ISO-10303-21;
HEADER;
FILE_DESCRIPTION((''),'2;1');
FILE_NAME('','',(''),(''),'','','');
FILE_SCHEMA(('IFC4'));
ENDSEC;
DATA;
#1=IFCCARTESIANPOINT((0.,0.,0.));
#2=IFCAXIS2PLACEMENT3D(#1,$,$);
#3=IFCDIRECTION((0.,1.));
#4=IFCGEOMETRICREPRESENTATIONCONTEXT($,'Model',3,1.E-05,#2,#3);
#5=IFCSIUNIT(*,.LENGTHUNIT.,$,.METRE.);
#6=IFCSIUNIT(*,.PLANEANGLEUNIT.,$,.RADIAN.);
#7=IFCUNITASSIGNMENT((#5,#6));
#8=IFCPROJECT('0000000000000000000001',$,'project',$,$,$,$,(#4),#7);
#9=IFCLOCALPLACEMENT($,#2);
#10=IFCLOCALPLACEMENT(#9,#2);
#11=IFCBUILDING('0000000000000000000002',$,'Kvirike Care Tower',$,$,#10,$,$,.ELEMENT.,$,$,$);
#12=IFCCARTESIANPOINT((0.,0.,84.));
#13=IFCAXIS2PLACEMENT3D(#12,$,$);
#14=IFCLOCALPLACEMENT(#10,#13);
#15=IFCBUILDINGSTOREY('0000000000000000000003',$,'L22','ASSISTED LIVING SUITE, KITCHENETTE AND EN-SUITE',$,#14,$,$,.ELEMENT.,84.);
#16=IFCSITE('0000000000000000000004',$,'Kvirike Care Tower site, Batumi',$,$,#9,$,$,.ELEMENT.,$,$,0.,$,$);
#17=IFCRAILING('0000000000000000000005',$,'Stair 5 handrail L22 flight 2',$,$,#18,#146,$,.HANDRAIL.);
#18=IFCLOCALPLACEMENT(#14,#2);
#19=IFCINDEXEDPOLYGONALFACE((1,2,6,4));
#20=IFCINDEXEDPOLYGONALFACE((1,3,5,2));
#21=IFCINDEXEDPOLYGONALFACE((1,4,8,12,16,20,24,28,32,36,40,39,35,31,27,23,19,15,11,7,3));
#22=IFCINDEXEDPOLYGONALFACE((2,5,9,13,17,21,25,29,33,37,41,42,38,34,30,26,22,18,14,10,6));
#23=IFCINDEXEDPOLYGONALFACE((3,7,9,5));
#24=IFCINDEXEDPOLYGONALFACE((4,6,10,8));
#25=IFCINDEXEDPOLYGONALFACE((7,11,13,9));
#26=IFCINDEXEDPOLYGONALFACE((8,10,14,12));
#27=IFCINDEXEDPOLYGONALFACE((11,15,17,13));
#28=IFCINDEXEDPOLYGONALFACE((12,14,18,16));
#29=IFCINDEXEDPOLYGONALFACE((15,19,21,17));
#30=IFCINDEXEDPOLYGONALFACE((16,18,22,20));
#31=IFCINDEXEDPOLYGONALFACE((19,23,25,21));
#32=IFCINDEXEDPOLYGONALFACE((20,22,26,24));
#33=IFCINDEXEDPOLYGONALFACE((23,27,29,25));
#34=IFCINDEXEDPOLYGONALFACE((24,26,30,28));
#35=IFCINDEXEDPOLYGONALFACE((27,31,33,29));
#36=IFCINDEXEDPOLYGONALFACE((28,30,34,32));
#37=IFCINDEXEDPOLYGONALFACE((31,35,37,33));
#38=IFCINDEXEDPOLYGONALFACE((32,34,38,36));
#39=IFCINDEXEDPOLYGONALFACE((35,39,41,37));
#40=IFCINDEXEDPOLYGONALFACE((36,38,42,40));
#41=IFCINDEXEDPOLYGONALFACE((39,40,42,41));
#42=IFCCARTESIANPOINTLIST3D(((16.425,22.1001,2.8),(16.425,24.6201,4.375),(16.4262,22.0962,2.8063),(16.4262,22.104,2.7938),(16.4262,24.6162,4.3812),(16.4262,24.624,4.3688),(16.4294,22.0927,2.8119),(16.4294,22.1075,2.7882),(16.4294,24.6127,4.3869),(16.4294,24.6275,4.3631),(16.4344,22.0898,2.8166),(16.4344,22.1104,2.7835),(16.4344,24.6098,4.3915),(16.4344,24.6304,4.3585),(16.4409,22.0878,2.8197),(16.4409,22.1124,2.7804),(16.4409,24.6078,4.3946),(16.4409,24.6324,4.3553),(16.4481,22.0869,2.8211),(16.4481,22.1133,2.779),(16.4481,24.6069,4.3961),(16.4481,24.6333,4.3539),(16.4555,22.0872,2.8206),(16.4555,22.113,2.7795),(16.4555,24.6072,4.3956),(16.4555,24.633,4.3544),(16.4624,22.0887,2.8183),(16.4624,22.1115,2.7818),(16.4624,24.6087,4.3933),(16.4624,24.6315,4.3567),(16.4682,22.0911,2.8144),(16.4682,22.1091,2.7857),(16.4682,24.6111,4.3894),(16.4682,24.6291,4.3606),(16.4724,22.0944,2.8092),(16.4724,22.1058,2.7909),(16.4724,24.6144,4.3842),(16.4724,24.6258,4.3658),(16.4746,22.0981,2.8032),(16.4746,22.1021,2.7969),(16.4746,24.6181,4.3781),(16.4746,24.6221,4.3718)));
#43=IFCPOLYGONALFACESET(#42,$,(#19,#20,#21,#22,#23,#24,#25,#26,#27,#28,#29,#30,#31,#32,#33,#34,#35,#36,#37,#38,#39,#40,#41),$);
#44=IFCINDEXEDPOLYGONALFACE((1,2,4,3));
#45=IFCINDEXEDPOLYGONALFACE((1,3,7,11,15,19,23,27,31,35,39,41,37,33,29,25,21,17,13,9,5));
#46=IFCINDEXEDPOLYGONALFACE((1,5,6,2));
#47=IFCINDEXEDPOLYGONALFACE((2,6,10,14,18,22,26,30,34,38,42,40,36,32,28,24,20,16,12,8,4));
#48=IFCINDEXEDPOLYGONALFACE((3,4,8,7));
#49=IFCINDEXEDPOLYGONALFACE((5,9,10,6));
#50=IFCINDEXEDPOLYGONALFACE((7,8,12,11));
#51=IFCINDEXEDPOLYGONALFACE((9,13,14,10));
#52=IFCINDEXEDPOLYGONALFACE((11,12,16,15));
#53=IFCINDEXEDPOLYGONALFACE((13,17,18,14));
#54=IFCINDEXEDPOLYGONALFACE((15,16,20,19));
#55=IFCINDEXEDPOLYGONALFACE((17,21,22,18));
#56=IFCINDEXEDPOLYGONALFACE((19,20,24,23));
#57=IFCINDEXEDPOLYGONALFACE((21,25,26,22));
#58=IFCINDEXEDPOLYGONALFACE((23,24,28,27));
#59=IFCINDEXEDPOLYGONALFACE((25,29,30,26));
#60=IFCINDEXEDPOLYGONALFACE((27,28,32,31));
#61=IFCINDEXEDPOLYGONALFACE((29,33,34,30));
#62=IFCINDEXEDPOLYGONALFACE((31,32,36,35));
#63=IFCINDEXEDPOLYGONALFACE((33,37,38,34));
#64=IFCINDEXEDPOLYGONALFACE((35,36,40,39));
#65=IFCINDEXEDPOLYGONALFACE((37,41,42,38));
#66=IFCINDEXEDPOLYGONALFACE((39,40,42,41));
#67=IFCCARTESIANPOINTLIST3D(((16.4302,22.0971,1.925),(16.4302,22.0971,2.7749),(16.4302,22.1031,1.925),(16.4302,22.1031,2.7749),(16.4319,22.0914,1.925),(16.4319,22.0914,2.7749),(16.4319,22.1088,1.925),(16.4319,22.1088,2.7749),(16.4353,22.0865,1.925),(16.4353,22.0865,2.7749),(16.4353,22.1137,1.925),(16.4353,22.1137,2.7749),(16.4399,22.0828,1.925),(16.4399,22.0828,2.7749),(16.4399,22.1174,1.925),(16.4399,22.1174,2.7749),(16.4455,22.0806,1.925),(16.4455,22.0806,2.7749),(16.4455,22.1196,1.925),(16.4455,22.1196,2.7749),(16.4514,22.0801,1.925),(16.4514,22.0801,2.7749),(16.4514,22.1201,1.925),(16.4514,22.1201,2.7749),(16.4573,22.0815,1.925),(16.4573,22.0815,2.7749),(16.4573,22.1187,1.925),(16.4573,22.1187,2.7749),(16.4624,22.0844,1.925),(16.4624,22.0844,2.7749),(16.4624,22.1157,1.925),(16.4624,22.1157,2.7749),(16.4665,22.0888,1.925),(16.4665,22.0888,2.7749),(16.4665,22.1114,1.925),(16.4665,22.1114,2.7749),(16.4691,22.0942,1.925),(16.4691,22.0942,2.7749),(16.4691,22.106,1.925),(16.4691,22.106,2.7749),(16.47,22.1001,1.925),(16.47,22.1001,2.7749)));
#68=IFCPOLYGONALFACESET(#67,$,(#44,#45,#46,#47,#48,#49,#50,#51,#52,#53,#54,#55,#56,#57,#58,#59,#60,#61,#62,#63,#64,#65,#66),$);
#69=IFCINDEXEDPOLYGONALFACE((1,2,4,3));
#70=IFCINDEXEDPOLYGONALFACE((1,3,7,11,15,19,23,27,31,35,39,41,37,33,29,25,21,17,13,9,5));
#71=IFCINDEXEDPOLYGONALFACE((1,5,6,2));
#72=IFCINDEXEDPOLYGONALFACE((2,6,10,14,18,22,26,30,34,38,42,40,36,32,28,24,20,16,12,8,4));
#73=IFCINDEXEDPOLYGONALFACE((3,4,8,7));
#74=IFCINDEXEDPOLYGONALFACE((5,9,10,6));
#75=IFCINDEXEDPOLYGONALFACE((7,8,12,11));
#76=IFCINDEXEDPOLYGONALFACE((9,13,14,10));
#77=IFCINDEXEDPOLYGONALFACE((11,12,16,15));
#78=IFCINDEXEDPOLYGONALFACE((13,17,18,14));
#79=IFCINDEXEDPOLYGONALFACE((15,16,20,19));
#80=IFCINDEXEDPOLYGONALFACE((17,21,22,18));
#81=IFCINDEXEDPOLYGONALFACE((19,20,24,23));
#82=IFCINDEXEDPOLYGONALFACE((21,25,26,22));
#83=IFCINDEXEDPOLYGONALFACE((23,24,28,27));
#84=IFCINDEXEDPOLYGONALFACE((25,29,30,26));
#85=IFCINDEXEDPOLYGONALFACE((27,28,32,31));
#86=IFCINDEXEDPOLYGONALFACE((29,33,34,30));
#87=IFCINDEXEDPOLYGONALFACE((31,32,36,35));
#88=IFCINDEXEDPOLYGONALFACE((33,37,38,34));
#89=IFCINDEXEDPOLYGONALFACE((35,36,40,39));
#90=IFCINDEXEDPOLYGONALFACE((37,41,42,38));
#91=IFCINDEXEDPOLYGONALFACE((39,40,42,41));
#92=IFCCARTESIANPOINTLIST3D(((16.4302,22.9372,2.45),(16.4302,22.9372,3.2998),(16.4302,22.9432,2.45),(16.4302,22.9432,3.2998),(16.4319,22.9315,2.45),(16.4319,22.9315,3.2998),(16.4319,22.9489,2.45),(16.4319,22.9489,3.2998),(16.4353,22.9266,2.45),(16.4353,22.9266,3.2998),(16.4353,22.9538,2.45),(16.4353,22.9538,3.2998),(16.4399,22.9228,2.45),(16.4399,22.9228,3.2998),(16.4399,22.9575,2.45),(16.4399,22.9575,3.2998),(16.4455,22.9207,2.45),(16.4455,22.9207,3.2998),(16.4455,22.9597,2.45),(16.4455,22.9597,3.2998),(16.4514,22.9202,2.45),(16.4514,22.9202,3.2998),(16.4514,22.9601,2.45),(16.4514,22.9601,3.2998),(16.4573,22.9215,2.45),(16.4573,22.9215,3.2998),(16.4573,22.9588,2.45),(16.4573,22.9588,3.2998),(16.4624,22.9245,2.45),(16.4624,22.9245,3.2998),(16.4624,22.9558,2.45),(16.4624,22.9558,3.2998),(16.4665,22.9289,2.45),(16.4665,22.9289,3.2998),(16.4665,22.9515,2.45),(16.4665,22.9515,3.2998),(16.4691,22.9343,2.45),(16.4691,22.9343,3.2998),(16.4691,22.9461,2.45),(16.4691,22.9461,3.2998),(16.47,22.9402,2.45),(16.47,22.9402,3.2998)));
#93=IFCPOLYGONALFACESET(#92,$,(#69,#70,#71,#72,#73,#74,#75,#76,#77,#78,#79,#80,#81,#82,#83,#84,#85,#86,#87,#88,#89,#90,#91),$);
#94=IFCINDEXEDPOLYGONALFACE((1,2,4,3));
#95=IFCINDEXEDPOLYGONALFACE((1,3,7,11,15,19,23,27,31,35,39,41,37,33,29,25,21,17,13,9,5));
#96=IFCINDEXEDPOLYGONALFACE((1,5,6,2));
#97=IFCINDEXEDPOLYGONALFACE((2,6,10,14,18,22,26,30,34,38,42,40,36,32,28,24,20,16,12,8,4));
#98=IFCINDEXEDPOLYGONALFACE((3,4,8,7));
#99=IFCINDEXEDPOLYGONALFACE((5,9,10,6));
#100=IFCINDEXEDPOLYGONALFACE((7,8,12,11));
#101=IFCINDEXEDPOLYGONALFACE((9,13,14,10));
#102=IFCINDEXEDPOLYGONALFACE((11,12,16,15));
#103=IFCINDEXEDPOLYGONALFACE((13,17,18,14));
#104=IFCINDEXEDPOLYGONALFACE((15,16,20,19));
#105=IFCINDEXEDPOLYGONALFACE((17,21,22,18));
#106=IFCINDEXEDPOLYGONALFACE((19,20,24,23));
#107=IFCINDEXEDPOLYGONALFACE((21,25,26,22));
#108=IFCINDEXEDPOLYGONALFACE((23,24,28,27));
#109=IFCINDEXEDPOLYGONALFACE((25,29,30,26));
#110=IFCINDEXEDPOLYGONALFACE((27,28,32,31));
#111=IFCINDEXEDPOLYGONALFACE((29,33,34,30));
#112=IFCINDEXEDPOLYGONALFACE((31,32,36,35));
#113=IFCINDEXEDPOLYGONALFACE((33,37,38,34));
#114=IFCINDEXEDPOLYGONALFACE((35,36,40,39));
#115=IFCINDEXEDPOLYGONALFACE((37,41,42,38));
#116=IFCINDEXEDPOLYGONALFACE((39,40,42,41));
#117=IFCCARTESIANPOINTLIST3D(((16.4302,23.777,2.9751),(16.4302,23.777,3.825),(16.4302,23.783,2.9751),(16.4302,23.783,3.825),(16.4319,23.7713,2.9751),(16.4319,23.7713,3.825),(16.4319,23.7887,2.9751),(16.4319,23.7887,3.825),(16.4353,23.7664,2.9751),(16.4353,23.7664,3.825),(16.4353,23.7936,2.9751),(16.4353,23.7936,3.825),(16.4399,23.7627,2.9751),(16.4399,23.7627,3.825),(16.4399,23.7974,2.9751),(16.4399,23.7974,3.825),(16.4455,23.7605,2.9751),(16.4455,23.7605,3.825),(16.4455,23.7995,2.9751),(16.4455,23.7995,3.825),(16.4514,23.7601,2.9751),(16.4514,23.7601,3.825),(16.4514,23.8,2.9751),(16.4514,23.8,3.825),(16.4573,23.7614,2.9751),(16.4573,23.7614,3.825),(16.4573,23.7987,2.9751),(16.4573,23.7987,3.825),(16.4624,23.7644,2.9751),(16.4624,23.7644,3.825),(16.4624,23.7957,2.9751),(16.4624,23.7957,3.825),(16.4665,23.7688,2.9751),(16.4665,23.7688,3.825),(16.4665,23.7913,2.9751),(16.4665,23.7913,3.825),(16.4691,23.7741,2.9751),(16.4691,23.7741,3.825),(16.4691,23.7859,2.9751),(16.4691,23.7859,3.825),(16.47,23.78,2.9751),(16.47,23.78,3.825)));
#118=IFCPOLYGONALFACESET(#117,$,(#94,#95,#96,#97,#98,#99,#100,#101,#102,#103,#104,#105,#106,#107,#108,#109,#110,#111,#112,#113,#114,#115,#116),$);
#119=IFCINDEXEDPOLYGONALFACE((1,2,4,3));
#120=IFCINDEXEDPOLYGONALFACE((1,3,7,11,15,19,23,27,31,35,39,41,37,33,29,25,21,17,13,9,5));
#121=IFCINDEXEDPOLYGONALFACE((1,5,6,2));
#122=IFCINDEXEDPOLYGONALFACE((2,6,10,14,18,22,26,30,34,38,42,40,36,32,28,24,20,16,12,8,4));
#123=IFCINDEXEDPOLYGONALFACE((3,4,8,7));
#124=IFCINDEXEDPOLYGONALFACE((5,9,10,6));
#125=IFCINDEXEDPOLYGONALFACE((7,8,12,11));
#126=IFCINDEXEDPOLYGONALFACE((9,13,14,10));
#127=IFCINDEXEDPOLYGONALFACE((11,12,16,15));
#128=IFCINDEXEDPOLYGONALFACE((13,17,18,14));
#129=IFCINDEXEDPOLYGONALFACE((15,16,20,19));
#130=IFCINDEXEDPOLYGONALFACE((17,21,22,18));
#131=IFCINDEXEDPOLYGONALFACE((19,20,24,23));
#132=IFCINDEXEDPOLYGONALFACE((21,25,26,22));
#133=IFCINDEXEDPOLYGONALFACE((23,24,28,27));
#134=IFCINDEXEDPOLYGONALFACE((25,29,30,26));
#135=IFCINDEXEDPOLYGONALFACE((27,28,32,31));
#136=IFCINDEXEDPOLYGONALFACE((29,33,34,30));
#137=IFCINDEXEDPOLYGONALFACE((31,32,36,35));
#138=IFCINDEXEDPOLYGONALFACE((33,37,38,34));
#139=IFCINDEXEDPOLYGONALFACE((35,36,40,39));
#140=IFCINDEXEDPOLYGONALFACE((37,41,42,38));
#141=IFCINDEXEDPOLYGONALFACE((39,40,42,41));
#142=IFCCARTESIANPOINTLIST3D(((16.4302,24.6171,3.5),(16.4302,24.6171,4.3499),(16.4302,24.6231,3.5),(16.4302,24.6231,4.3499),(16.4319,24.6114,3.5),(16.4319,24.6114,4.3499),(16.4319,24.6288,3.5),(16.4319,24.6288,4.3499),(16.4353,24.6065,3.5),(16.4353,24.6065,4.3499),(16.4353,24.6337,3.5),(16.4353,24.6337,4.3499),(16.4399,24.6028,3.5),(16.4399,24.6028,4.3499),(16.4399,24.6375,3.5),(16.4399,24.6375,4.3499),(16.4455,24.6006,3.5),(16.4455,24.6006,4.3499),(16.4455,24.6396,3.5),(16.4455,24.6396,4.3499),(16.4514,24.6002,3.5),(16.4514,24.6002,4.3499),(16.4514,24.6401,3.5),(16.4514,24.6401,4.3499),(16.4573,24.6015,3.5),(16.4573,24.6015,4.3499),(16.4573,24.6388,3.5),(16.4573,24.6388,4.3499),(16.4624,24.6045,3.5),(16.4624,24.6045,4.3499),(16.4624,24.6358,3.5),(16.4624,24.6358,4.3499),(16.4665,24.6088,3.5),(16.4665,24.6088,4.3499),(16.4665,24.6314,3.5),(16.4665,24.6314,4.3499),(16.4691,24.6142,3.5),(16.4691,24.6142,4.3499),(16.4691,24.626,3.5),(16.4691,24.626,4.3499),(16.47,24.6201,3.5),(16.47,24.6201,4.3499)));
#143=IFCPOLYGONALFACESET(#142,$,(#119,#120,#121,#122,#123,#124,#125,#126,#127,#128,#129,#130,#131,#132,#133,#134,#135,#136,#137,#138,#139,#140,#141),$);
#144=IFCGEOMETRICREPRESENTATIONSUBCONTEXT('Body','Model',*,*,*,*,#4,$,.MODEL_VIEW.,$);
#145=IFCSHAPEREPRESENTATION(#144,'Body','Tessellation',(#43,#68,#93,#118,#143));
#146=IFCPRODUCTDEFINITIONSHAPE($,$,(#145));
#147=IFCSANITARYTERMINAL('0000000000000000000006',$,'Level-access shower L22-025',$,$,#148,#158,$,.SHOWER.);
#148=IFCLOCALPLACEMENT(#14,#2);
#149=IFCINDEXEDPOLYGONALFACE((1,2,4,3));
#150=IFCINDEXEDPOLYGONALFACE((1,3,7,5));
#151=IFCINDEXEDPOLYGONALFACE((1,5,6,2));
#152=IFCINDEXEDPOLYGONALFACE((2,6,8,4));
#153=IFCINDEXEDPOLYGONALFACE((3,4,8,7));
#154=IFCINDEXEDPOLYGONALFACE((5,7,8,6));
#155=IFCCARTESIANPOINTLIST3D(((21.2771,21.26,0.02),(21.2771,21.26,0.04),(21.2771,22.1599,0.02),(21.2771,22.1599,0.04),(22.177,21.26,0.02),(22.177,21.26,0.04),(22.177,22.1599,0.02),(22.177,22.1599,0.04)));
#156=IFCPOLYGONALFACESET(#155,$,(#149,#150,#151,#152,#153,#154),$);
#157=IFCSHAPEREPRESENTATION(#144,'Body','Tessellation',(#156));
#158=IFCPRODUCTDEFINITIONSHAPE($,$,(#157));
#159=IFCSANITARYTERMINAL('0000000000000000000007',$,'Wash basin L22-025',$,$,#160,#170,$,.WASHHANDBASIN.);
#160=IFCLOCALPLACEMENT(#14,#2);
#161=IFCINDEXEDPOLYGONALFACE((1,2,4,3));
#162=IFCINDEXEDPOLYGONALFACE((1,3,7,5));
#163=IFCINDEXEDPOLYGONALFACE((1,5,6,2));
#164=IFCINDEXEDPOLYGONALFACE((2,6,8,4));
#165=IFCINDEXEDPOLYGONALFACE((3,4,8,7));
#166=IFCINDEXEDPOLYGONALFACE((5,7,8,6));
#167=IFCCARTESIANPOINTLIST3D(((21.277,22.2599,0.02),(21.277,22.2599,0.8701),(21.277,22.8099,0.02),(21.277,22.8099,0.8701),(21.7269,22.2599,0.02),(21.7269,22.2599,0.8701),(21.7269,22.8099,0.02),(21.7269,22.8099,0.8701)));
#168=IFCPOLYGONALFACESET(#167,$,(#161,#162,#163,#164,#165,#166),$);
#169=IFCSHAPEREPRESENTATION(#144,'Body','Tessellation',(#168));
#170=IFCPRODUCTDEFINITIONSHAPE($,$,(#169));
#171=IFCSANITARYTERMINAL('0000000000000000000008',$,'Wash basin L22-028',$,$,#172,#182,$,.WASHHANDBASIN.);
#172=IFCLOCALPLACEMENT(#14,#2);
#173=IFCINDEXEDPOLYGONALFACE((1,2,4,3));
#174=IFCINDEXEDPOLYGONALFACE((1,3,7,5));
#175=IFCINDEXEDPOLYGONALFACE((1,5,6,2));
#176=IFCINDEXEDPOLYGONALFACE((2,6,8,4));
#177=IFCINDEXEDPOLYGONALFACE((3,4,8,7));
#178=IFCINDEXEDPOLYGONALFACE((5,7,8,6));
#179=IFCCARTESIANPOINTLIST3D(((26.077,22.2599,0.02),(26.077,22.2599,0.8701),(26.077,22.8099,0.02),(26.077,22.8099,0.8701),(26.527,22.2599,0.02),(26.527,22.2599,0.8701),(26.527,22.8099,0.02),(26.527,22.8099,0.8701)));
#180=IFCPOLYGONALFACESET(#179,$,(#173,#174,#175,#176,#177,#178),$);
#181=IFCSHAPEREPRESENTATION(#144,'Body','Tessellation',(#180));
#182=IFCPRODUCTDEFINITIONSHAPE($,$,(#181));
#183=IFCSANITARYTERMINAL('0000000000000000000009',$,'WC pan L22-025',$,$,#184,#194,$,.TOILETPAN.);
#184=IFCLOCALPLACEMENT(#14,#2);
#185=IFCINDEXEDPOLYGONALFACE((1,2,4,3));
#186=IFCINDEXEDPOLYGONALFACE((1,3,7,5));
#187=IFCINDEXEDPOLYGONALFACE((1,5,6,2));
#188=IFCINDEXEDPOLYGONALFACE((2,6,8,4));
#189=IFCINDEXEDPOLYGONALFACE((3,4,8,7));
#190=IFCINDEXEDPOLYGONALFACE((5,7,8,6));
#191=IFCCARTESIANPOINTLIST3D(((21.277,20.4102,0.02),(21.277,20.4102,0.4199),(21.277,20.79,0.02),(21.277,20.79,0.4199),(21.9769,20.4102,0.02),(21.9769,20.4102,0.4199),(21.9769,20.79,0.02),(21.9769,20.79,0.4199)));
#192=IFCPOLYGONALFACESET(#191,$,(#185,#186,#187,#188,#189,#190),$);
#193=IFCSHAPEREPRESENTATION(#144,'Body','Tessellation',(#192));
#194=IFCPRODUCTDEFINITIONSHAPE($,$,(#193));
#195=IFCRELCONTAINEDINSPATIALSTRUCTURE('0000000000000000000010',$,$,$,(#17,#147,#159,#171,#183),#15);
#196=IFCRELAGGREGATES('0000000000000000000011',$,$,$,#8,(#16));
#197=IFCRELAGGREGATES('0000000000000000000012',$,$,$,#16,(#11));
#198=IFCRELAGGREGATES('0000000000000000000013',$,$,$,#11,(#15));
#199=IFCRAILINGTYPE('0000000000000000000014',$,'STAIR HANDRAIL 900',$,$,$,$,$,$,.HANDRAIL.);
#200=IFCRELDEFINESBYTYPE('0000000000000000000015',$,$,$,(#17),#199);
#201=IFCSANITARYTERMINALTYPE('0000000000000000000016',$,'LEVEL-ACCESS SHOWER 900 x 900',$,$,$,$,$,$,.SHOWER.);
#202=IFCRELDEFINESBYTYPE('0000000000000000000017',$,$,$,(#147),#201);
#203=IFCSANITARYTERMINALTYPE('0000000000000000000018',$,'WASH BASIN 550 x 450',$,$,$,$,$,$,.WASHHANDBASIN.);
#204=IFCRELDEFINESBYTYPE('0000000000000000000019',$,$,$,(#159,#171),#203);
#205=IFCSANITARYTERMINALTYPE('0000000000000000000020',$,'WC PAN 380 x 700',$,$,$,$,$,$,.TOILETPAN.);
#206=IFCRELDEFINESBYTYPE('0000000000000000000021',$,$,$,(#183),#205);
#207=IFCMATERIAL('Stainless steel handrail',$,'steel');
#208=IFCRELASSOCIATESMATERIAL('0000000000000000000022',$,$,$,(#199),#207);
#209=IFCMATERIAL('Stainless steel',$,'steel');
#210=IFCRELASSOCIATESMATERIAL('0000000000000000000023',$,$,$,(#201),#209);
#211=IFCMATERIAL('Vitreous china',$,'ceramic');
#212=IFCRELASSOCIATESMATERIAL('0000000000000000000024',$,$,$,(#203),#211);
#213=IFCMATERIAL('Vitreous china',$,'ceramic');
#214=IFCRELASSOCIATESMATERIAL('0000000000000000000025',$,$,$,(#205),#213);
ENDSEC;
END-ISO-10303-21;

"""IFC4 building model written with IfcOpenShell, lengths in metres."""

from ifc_helpers import new_model, si_unit, direction, frame, origin, origin_2d, place, context, subcontext, project, spatial, rectangle, circle, extrude, material, type_object, element, save


model = new_model("IFC4")

# Units and contexts
model_context = context("Model", 3, precision=1e-05, world=origin(), true_north=direction((0.0, 1.0)))
body_context = subcontext(model_context, "Body", "Model", "MODEL_VIEW")
ifc_project = project(units=[si_unit("LENGTHUNIT", "METRE"), si_unit("PLANEANGLEUNIT", "RADIAN")], contexts=[model_context])

# Site, building, storey
site_placement = place(None, origin())
site = spatial("IfcSite", under=ifc_project, at=site_placement, Name="Kvirike Care Tower site, Batumi", CompositionType="ELEMENT", RefElevation=0.0)
building_placement = place(site_placement, origin())
building = spatial("IfcBuilding", under=site, at=building_placement, Name="Kvirike Care Tower", CompositionType="ELEMENT")
storey_placement = place(building_placement, frame((0.0, 0.0, 84.0)))
storey = spatial("IfcBuildingStorey", under=building, at=storey_placement, Name="L22", Description="ASSISTED LIVING SUITE, KITCHENETTE AND EN-SUITE", CompositionType="ELEMENT", Elevation=84.0)

# Railing
ifc_material_1 = material(Name="Stainless steel handrail", Category="steel")
railing_type = type_object("IfcRailingType", Name="STAIR HANDRAIL 900", PredefinedType="HANDRAIL", material=ifc_material_1)
railing_placement = place(storey_placement, frame((16.45, 22.1001, 1.925)))
element("IfcRailing", 1, at=railing_placement, inside=storey, type_object=railing_type, Name="Stair 5 handrail L22 flight 2", PredefinedType="HANDRAIL", context=body_context, shape_type="SweptSolid", body=[
    extrude(circle(Radius=0.0249, at=origin_2d()), frame((0.0, 0.0, 0.875), z_axis=(0.0, 0.848008, 0.529984), x_axis=(-1.0, 0.0, 0.0)), (0.0, 0.0, 1.0), 2.9717),
    extrude(circle(Radius=0.02, at=origin_2d()), origin(), (0.0, 0.0, 1.0), 0.8499),
    extrude(circle(Radius=0.02, at=origin_2d()), frame((0.0, 0.8401, 0.5249)), (0.0, 0.0, 1.0), 0.8499),
    extrude(circle(Radius=0.02, at=origin_2d()), frame((0.0, 1.6799, 1.05)), (0.0, 0.0, 1.0), 0.8499),
    extrude(circle(Radius=0.02, at=origin_2d()), frame((0.0, 2.52, 1.575)), (0.0, 0.0, 1.0), 0.8499),
])

# Sanitary terminals
ifc_material_2 = material(Name="Stainless steel", Category="steel")
sanitary_terminal_type_1 = type_object("IfcSanitaryTerminalType", Name="LEVEL-ACCESS SHOWER 900 x 900", PredefinedType="SHOWER", material=ifc_material_2)
sanitary_terminal_1_placement = place(storey_placement, frame((21.7271, 21.71, 0.02), z_axis=(0.0, 0.0, 1.0), x_axis=(0.0, 1.0, 0.0)))
element("IfcSanitaryTerminal", 2, at=sanitary_terminal_1_placement, inside=storey, type_object=sanitary_terminal_type_1, Name="Level-access shower L22-025", PredefinedType="SHOWER", context=body_context, shape_type="SweptSolid", body=[
    extrude(rectangle(XDim=0.8999, YDim=0.8999, at=origin_2d()), origin(), (0.0, 0.0, 1.0), 0.02),
])
ifc_material_3 = material(Name="Vitreous china", Category="ceramic")
sanitary_terminal_type_2 = type_object("IfcSanitaryTerminalType", Name="WASH BASIN 550 x 450", PredefinedType="WASHHANDBASIN", material=ifc_material_3)
for number, where, z_axis, x_axis, name in (
    (3, (21.502, 22.5349, 0.02), (0.0, 0.0, 1.0), (0.0, 1.0, 0.0), "Wash basin L22-025"),
    (4, (26.302, 22.5349, 0.02), (0.0, 0.0, 1.0), (0.0, 1.0, 0.0), "Wash basin L22-028"),
):
    element("IfcSanitaryTerminal", number, at=place(storey_placement, frame(where, z_axis=z_axis, x_axis=x_axis)), inside=storey, type_object=sanitary_terminal_type_2, Name=name, PredefinedType="WASHHANDBASIN", context=body_context, shape_type="SweptSolid", body=[
        extrude(rectangle(XDim=0.55, YDim=0.45, at=origin_2d()), origin(), (0.0, 0.0, 1.0), 0.8501),
    ])
ifc_material_4 = material(Name="Vitreous china", Category="ceramic")
sanitary_terminal_type_3 = type_object("IfcSanitaryTerminalType", Name="WC PAN 380 x 700", PredefinedType="TOILETPAN", material=ifc_material_4)
sanitary_terminal_2_placement = place(storey_placement, frame((21.627, 20.6001, 0.02), z_axis=(0.0, 0.0, 1.0), x_axis=(0.0, 1.0, 0.0)))
element("IfcSanitaryTerminal", 5, at=sanitary_terminal_2_placement, inside=storey, type_object=sanitary_terminal_type_3, Name="WC pan L22-025", PredefinedType="TOILETPAN", context=body_context, shape_type="SweptSolid", body=[
    extrude(rectangle(XDim=0.3799, YDim=0.7, at=origin_2d()), origin(), (0.0, 0.0, 1.0), 0.3999),
])

save(model, "model.ifc")
